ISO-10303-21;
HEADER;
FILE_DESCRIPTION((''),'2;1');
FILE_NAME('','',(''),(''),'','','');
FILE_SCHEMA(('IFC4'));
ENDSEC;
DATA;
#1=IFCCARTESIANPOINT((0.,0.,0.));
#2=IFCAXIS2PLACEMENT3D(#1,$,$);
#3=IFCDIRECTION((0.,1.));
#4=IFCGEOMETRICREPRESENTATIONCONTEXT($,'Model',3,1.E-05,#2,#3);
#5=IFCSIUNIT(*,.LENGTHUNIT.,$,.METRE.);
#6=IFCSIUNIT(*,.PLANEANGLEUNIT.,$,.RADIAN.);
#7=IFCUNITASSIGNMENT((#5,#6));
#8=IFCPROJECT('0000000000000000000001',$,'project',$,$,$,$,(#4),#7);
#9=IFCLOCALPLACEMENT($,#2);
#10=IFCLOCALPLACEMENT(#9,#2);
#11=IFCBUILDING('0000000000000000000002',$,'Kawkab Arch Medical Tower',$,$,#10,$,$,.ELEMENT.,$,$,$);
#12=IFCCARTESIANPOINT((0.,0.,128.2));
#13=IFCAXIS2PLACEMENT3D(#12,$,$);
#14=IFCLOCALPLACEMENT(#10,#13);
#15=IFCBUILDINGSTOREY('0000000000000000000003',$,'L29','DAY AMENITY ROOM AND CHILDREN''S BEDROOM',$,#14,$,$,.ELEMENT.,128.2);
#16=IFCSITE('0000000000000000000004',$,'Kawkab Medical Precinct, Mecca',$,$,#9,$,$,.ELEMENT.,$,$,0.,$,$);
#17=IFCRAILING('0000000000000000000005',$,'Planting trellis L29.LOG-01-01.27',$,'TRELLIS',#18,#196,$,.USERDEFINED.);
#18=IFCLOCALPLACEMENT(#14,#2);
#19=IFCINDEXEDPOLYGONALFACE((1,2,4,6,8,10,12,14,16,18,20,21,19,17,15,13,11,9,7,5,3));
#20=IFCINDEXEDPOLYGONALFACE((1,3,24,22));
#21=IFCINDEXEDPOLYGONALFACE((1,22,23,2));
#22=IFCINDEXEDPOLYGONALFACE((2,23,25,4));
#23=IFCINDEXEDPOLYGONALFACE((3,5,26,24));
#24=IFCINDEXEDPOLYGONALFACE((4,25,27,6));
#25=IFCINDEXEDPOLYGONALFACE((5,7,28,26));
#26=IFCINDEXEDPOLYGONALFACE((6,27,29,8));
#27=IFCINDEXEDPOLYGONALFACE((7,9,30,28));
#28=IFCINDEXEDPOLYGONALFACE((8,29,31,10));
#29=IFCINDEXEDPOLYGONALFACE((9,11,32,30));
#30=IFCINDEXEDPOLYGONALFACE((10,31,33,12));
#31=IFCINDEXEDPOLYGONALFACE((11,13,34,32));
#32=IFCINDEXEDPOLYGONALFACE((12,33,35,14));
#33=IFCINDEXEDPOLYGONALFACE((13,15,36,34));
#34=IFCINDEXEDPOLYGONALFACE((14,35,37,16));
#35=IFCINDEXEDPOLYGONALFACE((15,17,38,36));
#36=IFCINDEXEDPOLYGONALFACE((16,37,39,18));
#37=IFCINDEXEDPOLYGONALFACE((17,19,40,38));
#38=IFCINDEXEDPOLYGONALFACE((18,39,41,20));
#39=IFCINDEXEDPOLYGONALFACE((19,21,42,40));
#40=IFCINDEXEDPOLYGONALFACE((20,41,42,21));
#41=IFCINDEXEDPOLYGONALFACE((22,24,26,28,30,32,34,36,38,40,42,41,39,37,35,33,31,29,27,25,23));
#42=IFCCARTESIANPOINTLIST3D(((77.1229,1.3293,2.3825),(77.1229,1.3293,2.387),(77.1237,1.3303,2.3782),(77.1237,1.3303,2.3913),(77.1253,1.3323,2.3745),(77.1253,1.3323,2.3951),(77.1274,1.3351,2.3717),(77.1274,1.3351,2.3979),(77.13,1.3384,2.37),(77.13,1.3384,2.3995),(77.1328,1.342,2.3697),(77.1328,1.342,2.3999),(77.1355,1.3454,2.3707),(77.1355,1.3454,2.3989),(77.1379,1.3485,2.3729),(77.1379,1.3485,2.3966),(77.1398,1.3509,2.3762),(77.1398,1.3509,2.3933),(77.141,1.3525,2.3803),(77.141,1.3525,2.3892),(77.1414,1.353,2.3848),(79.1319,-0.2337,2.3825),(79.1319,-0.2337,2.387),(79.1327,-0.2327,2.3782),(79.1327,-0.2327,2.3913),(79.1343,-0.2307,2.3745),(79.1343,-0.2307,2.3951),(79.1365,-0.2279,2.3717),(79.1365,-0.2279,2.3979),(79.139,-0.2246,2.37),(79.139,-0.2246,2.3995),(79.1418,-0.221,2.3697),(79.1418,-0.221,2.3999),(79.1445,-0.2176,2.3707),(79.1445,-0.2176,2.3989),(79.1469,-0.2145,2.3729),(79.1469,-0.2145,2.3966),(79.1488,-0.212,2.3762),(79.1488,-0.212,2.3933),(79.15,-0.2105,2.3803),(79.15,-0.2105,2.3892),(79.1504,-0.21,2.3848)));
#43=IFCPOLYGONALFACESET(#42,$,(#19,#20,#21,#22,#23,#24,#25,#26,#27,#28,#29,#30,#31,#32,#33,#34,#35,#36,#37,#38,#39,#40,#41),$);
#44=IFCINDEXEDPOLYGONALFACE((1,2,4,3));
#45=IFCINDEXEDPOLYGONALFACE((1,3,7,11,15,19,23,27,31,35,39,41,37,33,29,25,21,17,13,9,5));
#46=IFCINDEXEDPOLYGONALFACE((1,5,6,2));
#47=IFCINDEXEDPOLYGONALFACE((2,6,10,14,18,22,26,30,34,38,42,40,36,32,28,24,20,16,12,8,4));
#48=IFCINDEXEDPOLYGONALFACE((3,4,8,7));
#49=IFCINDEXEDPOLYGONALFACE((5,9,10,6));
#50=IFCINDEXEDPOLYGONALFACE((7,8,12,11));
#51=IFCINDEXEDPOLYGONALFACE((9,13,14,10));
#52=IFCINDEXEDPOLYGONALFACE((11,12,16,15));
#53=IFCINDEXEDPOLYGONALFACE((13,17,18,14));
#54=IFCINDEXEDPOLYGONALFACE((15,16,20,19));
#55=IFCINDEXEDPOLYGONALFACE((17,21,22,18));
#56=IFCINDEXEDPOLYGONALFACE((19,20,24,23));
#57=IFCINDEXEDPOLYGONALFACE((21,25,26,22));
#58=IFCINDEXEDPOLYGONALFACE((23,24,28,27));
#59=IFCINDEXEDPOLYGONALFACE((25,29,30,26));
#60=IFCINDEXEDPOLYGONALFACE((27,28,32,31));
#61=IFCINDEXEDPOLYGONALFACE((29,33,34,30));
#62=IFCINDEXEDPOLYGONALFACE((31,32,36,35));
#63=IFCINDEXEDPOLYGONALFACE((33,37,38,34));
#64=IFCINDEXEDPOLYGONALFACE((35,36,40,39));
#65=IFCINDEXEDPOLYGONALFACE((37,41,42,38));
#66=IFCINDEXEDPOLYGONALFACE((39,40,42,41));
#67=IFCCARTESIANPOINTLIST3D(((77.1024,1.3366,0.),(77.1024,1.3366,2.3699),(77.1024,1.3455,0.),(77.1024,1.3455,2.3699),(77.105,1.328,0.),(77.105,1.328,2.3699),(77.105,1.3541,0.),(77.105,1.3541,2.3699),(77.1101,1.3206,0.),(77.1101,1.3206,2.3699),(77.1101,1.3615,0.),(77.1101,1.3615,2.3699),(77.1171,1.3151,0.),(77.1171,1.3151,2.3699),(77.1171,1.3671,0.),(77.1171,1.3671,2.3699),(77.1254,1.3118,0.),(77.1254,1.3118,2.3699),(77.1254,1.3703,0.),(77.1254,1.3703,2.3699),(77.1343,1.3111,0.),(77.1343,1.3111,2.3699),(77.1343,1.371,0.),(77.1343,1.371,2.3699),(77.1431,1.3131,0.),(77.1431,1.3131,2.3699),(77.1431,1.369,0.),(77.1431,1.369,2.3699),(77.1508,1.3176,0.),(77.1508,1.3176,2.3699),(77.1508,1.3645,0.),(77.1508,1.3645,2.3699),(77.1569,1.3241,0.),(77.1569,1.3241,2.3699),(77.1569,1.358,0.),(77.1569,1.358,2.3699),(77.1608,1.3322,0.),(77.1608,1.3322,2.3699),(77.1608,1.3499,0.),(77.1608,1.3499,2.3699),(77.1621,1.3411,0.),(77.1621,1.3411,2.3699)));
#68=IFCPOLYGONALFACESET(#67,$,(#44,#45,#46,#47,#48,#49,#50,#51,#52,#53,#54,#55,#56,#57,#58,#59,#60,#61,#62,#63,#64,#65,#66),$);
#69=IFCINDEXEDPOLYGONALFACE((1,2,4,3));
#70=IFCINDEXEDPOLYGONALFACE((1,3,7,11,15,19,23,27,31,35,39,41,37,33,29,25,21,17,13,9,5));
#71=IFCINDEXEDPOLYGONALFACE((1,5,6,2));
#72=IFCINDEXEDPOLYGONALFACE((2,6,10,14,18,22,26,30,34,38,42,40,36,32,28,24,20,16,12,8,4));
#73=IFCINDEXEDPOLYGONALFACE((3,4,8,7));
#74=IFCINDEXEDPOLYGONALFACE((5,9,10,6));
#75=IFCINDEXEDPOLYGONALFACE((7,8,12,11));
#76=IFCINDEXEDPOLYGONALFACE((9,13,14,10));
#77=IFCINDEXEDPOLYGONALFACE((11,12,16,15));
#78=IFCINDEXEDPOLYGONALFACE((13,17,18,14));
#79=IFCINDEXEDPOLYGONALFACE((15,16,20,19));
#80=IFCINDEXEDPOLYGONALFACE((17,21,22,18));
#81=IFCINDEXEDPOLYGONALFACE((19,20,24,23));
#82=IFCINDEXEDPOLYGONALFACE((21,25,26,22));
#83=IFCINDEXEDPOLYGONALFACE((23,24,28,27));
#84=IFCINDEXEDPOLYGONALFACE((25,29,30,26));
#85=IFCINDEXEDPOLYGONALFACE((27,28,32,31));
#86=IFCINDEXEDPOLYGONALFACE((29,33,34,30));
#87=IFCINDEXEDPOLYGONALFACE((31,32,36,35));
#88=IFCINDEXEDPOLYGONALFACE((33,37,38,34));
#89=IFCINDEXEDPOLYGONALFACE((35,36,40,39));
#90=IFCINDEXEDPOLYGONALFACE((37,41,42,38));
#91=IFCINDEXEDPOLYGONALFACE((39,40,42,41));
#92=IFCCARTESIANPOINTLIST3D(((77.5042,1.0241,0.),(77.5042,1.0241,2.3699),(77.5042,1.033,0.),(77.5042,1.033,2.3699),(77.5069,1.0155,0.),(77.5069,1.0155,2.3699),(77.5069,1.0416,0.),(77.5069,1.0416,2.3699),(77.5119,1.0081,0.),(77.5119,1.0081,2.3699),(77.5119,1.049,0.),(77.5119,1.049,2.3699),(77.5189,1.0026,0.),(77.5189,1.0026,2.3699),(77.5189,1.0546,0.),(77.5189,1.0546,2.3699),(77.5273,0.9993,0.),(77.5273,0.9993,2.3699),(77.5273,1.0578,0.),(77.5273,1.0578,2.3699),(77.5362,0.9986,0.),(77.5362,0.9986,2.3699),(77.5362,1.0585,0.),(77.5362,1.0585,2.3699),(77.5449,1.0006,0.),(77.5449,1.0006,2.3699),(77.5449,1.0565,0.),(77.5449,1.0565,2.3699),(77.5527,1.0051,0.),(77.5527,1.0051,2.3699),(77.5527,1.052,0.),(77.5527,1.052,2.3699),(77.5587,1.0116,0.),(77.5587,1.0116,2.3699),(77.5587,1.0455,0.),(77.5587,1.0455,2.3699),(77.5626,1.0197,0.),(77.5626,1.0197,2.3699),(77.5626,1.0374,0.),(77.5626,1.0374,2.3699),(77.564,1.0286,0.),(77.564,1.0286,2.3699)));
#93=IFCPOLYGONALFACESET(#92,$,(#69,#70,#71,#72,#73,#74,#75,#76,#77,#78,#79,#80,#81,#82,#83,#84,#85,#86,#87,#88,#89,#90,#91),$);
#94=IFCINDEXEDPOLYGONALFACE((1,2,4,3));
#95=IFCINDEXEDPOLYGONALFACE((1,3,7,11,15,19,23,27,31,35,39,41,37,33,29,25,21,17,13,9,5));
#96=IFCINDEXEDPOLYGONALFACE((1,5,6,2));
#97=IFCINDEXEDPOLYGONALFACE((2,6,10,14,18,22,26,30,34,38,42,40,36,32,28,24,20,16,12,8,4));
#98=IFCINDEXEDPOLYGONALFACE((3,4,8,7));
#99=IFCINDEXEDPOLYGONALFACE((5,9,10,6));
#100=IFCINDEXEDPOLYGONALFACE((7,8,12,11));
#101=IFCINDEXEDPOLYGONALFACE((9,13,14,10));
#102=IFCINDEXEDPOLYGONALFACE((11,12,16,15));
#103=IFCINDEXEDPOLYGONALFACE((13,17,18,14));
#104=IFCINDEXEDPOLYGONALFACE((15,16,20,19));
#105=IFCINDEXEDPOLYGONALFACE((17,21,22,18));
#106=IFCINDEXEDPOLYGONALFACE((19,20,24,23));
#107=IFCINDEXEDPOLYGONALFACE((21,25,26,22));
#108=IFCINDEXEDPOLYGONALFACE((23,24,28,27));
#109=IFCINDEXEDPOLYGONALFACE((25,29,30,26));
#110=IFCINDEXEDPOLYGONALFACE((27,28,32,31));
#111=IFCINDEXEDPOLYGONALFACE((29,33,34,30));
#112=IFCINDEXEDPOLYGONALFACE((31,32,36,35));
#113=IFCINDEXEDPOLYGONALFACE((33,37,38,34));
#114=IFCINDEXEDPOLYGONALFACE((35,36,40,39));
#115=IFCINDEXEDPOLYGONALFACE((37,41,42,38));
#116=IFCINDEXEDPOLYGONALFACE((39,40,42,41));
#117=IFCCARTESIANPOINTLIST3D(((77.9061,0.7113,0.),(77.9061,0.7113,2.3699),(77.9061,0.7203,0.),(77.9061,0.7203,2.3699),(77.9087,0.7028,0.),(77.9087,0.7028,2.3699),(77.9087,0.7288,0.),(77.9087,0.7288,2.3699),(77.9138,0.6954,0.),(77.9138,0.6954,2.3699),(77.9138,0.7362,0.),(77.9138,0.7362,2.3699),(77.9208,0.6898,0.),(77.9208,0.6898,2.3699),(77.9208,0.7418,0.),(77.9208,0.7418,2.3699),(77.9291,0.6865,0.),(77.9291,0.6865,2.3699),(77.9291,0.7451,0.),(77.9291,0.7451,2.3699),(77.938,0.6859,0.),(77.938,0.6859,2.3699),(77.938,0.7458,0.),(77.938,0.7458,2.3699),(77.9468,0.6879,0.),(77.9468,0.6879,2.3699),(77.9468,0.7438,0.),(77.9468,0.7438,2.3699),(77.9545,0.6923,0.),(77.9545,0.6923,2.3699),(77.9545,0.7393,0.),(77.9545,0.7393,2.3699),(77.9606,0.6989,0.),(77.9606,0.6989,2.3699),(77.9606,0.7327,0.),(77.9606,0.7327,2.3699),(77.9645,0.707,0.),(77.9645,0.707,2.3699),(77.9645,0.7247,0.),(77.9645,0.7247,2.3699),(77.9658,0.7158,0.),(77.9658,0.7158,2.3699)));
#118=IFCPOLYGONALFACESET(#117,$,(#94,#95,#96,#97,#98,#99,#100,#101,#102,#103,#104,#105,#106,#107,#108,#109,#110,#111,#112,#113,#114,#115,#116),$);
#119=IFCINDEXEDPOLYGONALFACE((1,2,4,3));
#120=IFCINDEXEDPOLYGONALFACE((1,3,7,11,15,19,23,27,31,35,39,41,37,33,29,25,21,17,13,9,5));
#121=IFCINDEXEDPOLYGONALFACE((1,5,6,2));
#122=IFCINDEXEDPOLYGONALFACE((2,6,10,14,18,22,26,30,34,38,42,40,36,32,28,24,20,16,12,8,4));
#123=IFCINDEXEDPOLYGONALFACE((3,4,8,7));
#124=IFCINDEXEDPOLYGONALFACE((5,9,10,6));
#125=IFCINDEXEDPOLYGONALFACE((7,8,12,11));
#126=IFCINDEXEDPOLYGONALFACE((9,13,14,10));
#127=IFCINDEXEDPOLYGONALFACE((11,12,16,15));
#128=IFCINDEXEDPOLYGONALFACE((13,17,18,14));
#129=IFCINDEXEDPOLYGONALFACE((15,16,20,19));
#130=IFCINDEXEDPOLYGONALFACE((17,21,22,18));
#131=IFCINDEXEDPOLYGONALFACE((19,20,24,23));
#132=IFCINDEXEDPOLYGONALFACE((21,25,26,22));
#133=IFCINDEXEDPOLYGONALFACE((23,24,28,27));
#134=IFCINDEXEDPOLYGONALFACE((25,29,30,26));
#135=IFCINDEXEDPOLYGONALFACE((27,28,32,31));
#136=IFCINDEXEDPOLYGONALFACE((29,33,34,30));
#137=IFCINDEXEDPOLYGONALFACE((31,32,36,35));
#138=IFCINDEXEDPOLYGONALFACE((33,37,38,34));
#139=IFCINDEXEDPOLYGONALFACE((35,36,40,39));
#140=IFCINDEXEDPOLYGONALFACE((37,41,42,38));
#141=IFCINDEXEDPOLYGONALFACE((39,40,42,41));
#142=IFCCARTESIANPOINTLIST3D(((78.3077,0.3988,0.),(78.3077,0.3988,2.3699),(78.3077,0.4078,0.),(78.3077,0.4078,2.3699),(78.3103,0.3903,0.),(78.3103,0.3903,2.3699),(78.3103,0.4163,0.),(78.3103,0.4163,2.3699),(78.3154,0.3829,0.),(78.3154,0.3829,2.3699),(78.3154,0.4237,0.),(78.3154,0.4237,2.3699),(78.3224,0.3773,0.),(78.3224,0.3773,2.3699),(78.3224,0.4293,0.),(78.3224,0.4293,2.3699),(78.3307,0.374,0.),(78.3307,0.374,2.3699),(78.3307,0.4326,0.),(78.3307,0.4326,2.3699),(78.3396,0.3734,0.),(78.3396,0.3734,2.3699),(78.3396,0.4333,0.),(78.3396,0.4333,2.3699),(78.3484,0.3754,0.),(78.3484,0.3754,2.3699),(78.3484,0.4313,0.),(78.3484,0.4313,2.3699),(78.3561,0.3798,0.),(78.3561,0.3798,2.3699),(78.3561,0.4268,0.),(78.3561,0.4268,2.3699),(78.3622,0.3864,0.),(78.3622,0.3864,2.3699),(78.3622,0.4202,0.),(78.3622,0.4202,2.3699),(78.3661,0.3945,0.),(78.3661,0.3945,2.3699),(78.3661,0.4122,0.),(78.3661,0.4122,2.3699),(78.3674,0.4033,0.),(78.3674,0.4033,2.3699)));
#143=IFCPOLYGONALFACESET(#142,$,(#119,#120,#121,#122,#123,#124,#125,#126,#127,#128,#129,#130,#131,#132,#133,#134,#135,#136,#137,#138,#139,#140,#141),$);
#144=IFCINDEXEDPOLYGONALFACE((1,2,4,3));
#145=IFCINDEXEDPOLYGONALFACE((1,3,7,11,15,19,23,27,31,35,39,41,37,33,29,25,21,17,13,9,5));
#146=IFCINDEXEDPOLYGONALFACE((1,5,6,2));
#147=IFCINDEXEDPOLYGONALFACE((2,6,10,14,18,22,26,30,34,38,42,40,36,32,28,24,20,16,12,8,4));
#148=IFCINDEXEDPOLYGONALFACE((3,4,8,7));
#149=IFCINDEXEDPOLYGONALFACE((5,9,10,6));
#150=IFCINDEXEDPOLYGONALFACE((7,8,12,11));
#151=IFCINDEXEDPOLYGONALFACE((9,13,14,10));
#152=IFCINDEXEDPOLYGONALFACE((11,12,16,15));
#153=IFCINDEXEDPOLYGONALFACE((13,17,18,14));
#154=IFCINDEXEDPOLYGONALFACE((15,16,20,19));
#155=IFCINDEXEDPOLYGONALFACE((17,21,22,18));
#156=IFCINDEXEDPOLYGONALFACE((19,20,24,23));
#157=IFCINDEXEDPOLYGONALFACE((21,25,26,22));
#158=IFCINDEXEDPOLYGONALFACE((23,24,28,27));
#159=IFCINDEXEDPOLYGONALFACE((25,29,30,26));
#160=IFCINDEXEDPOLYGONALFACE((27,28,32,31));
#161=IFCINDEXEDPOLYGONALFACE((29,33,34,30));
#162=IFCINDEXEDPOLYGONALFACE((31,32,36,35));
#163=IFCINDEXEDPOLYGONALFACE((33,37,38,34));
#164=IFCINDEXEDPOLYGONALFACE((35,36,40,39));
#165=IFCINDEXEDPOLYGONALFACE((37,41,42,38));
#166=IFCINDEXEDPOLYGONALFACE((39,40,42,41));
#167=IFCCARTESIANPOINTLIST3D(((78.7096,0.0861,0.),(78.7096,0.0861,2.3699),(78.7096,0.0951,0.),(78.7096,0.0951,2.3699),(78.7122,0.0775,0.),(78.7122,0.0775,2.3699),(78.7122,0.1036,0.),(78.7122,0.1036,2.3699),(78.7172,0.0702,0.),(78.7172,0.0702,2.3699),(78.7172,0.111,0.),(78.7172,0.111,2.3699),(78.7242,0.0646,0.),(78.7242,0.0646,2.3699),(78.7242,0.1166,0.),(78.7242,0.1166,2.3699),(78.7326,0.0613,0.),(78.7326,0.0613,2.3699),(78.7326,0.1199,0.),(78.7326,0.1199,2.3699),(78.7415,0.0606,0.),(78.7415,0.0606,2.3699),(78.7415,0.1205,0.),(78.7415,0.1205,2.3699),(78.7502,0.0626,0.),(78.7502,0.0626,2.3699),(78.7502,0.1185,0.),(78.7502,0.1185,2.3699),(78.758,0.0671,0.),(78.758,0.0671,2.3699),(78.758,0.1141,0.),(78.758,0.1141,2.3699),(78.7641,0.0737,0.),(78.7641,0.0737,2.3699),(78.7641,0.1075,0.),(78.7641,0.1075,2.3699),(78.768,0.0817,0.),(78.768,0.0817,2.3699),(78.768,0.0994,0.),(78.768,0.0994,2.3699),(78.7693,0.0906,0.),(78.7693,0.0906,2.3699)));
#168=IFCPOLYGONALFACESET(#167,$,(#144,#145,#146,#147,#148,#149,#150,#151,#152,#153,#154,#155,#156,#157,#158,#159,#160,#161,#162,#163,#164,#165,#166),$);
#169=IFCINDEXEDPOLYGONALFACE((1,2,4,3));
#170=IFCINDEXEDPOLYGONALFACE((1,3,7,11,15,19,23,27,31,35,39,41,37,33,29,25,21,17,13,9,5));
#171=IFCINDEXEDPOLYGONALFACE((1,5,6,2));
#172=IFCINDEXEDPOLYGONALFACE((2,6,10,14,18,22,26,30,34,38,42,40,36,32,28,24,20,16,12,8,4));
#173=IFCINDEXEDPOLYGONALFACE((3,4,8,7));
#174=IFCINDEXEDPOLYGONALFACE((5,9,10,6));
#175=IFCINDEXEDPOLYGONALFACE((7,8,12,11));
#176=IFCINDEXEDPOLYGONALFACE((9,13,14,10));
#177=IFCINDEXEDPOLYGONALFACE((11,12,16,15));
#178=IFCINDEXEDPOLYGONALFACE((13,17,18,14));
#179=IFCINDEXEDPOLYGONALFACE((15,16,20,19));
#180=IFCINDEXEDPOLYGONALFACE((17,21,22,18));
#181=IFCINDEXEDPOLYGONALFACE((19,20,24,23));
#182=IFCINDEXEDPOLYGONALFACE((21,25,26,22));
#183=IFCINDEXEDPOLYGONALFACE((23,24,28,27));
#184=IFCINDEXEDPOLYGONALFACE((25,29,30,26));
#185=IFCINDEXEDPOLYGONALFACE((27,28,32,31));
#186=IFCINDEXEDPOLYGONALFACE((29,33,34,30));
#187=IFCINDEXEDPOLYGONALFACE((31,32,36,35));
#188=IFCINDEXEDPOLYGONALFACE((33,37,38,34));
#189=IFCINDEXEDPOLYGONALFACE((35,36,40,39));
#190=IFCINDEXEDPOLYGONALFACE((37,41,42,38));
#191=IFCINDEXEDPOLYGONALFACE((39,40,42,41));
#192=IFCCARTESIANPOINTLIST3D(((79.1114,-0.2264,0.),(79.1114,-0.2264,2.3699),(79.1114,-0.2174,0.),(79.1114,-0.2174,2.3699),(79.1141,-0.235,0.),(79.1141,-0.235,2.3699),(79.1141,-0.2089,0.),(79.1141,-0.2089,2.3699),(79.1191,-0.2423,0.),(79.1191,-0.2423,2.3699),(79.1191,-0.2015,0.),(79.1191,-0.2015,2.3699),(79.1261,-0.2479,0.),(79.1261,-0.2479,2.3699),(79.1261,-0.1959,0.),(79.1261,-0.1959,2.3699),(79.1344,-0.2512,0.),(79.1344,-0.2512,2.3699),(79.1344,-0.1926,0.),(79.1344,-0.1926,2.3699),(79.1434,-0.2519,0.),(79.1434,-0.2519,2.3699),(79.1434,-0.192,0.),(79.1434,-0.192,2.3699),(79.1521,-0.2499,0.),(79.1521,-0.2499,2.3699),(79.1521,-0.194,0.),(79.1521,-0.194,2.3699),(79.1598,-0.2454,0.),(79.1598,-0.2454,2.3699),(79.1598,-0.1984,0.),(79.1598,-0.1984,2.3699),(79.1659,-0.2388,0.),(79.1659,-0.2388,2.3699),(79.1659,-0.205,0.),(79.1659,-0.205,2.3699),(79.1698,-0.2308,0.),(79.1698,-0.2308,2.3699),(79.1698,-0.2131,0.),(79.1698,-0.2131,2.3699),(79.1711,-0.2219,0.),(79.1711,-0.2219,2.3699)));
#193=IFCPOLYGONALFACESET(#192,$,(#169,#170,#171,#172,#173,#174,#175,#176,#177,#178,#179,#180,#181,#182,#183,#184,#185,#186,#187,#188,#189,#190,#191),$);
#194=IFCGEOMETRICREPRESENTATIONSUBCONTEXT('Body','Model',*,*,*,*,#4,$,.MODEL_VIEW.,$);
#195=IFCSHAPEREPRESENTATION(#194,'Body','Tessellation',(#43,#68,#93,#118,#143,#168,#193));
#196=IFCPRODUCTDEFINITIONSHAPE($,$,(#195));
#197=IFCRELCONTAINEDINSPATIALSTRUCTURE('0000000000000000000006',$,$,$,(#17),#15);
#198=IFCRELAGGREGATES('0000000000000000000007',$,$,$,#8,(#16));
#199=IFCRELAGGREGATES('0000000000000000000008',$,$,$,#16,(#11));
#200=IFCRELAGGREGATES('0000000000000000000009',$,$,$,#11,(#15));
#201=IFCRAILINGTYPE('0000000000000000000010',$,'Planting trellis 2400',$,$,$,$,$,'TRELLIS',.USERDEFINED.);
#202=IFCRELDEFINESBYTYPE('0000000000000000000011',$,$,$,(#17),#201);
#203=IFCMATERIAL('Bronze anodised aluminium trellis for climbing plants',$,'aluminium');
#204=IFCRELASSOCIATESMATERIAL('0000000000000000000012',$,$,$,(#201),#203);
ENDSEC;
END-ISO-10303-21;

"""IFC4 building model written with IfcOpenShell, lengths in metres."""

from ifc_helpers import new_model, si_unit, direction, frame, origin, origin_2d, place, context, subcontext, project, spatial, circle, extrude, material, type_object, element, save


model = new_model("IFC4")

# Units and contexts
model_context = context("Model", 3, precision=1e-05, world=origin(), true_north=direction((0.0, 1.0)))
body_context = subcontext(model_context, "Body", "Model", "MODEL_VIEW")
ifc_project = project(units=[si_unit("LENGTHUNIT", "METRE"), si_unit("PLANEANGLEUNIT", "RADIAN")], contexts=[model_context])

# Site, building, storey
site_placement = place(None, origin())
site = spatial("IfcSite", under=ifc_project, at=site_placement, Name="Kawkab Medical Precinct, Mecca", CompositionType="ELEMENT", RefElevation=0.0)
building_placement = place(site_placement, origin())
building = spatial("IfcBuilding", under=site, at=building_placement, Name="Kawkab Arch Medical Tower", CompositionType="ELEMENT")
storey_placement = place(building_placement, frame((0.0, 0.0, 128.2)))
storey = spatial("IfcBuildingStorey", under=building, at=storey_placement, Name="L29", Description="DAY AMENITY ROOM AND CHILDREN'S BEDROOM", CompositionType="ELEMENT", Elevation=128.2)

# Railing
ifc_material_1 = material(Name="Bronze anodised aluminium trellis for climbing plants", Category="aluminium")
railing_type = type_object("IfcRailingType", Name="Planting trellis 2400", ElementType="TRELLIS", PredefinedType="USERDEFINED", material=ifc_material_1)
railing_1_placement = place(storey_placement, frame((77.1321, 1.3411, 0.0)))
element("IfcRailing", 1, at=railing_1_placement, inside=storey, type_object=railing_type, Name="Planting trellis L29.LOG-01-01.27", ObjectType="TRELLIS", PredefinedType="USERDEFINED", context=body_context, shape_type="SweptSolid", body=[
    extrude(circle(Radius=0.0151, at=origin_2d()), frame((0.0, 0.0, 2.3848), z_axis=(0.789275, -0.61404, 0.0), x_axis=(0.61404, 0.789275, 0.0)), (0.0, 0.0, 1.0), 2.5454),
    extrude(circle(Radius=0.03, at=origin_2d()), origin(), (0.0, 0.0, 1.0), 2.3699),
    extrude(circle(Radius=0.03, at=origin_2d()), frame((0.4019, -0.3125, 0.0)), (0.0, 0.0, 1.0), 2.3699),
    extrude(circle(Radius=0.03, at=origin_2d()), frame((0.8037, -0.6252, 0.0)), (0.0, 0.0, 1.0), 2.3699),
    extrude(circle(Radius=0.03, at=origin_2d()), frame((1.2053, -0.9377, 0.0)), (0.0, 0.0, 1.0), 2.3699),
    extrude(circle(Radius=0.03, at=origin_2d()), frame((1.6072, -1.2505, 0.0)), (0.0, 0.0, 1.0), 2.3699),
    extrude(circle(Radius=0.03, at=origin_2d()), frame((2.009, -1.563, 0.0)), (0.0, 0.0, 1.0), 2.3699),
])

save(model, "model.ifc")
